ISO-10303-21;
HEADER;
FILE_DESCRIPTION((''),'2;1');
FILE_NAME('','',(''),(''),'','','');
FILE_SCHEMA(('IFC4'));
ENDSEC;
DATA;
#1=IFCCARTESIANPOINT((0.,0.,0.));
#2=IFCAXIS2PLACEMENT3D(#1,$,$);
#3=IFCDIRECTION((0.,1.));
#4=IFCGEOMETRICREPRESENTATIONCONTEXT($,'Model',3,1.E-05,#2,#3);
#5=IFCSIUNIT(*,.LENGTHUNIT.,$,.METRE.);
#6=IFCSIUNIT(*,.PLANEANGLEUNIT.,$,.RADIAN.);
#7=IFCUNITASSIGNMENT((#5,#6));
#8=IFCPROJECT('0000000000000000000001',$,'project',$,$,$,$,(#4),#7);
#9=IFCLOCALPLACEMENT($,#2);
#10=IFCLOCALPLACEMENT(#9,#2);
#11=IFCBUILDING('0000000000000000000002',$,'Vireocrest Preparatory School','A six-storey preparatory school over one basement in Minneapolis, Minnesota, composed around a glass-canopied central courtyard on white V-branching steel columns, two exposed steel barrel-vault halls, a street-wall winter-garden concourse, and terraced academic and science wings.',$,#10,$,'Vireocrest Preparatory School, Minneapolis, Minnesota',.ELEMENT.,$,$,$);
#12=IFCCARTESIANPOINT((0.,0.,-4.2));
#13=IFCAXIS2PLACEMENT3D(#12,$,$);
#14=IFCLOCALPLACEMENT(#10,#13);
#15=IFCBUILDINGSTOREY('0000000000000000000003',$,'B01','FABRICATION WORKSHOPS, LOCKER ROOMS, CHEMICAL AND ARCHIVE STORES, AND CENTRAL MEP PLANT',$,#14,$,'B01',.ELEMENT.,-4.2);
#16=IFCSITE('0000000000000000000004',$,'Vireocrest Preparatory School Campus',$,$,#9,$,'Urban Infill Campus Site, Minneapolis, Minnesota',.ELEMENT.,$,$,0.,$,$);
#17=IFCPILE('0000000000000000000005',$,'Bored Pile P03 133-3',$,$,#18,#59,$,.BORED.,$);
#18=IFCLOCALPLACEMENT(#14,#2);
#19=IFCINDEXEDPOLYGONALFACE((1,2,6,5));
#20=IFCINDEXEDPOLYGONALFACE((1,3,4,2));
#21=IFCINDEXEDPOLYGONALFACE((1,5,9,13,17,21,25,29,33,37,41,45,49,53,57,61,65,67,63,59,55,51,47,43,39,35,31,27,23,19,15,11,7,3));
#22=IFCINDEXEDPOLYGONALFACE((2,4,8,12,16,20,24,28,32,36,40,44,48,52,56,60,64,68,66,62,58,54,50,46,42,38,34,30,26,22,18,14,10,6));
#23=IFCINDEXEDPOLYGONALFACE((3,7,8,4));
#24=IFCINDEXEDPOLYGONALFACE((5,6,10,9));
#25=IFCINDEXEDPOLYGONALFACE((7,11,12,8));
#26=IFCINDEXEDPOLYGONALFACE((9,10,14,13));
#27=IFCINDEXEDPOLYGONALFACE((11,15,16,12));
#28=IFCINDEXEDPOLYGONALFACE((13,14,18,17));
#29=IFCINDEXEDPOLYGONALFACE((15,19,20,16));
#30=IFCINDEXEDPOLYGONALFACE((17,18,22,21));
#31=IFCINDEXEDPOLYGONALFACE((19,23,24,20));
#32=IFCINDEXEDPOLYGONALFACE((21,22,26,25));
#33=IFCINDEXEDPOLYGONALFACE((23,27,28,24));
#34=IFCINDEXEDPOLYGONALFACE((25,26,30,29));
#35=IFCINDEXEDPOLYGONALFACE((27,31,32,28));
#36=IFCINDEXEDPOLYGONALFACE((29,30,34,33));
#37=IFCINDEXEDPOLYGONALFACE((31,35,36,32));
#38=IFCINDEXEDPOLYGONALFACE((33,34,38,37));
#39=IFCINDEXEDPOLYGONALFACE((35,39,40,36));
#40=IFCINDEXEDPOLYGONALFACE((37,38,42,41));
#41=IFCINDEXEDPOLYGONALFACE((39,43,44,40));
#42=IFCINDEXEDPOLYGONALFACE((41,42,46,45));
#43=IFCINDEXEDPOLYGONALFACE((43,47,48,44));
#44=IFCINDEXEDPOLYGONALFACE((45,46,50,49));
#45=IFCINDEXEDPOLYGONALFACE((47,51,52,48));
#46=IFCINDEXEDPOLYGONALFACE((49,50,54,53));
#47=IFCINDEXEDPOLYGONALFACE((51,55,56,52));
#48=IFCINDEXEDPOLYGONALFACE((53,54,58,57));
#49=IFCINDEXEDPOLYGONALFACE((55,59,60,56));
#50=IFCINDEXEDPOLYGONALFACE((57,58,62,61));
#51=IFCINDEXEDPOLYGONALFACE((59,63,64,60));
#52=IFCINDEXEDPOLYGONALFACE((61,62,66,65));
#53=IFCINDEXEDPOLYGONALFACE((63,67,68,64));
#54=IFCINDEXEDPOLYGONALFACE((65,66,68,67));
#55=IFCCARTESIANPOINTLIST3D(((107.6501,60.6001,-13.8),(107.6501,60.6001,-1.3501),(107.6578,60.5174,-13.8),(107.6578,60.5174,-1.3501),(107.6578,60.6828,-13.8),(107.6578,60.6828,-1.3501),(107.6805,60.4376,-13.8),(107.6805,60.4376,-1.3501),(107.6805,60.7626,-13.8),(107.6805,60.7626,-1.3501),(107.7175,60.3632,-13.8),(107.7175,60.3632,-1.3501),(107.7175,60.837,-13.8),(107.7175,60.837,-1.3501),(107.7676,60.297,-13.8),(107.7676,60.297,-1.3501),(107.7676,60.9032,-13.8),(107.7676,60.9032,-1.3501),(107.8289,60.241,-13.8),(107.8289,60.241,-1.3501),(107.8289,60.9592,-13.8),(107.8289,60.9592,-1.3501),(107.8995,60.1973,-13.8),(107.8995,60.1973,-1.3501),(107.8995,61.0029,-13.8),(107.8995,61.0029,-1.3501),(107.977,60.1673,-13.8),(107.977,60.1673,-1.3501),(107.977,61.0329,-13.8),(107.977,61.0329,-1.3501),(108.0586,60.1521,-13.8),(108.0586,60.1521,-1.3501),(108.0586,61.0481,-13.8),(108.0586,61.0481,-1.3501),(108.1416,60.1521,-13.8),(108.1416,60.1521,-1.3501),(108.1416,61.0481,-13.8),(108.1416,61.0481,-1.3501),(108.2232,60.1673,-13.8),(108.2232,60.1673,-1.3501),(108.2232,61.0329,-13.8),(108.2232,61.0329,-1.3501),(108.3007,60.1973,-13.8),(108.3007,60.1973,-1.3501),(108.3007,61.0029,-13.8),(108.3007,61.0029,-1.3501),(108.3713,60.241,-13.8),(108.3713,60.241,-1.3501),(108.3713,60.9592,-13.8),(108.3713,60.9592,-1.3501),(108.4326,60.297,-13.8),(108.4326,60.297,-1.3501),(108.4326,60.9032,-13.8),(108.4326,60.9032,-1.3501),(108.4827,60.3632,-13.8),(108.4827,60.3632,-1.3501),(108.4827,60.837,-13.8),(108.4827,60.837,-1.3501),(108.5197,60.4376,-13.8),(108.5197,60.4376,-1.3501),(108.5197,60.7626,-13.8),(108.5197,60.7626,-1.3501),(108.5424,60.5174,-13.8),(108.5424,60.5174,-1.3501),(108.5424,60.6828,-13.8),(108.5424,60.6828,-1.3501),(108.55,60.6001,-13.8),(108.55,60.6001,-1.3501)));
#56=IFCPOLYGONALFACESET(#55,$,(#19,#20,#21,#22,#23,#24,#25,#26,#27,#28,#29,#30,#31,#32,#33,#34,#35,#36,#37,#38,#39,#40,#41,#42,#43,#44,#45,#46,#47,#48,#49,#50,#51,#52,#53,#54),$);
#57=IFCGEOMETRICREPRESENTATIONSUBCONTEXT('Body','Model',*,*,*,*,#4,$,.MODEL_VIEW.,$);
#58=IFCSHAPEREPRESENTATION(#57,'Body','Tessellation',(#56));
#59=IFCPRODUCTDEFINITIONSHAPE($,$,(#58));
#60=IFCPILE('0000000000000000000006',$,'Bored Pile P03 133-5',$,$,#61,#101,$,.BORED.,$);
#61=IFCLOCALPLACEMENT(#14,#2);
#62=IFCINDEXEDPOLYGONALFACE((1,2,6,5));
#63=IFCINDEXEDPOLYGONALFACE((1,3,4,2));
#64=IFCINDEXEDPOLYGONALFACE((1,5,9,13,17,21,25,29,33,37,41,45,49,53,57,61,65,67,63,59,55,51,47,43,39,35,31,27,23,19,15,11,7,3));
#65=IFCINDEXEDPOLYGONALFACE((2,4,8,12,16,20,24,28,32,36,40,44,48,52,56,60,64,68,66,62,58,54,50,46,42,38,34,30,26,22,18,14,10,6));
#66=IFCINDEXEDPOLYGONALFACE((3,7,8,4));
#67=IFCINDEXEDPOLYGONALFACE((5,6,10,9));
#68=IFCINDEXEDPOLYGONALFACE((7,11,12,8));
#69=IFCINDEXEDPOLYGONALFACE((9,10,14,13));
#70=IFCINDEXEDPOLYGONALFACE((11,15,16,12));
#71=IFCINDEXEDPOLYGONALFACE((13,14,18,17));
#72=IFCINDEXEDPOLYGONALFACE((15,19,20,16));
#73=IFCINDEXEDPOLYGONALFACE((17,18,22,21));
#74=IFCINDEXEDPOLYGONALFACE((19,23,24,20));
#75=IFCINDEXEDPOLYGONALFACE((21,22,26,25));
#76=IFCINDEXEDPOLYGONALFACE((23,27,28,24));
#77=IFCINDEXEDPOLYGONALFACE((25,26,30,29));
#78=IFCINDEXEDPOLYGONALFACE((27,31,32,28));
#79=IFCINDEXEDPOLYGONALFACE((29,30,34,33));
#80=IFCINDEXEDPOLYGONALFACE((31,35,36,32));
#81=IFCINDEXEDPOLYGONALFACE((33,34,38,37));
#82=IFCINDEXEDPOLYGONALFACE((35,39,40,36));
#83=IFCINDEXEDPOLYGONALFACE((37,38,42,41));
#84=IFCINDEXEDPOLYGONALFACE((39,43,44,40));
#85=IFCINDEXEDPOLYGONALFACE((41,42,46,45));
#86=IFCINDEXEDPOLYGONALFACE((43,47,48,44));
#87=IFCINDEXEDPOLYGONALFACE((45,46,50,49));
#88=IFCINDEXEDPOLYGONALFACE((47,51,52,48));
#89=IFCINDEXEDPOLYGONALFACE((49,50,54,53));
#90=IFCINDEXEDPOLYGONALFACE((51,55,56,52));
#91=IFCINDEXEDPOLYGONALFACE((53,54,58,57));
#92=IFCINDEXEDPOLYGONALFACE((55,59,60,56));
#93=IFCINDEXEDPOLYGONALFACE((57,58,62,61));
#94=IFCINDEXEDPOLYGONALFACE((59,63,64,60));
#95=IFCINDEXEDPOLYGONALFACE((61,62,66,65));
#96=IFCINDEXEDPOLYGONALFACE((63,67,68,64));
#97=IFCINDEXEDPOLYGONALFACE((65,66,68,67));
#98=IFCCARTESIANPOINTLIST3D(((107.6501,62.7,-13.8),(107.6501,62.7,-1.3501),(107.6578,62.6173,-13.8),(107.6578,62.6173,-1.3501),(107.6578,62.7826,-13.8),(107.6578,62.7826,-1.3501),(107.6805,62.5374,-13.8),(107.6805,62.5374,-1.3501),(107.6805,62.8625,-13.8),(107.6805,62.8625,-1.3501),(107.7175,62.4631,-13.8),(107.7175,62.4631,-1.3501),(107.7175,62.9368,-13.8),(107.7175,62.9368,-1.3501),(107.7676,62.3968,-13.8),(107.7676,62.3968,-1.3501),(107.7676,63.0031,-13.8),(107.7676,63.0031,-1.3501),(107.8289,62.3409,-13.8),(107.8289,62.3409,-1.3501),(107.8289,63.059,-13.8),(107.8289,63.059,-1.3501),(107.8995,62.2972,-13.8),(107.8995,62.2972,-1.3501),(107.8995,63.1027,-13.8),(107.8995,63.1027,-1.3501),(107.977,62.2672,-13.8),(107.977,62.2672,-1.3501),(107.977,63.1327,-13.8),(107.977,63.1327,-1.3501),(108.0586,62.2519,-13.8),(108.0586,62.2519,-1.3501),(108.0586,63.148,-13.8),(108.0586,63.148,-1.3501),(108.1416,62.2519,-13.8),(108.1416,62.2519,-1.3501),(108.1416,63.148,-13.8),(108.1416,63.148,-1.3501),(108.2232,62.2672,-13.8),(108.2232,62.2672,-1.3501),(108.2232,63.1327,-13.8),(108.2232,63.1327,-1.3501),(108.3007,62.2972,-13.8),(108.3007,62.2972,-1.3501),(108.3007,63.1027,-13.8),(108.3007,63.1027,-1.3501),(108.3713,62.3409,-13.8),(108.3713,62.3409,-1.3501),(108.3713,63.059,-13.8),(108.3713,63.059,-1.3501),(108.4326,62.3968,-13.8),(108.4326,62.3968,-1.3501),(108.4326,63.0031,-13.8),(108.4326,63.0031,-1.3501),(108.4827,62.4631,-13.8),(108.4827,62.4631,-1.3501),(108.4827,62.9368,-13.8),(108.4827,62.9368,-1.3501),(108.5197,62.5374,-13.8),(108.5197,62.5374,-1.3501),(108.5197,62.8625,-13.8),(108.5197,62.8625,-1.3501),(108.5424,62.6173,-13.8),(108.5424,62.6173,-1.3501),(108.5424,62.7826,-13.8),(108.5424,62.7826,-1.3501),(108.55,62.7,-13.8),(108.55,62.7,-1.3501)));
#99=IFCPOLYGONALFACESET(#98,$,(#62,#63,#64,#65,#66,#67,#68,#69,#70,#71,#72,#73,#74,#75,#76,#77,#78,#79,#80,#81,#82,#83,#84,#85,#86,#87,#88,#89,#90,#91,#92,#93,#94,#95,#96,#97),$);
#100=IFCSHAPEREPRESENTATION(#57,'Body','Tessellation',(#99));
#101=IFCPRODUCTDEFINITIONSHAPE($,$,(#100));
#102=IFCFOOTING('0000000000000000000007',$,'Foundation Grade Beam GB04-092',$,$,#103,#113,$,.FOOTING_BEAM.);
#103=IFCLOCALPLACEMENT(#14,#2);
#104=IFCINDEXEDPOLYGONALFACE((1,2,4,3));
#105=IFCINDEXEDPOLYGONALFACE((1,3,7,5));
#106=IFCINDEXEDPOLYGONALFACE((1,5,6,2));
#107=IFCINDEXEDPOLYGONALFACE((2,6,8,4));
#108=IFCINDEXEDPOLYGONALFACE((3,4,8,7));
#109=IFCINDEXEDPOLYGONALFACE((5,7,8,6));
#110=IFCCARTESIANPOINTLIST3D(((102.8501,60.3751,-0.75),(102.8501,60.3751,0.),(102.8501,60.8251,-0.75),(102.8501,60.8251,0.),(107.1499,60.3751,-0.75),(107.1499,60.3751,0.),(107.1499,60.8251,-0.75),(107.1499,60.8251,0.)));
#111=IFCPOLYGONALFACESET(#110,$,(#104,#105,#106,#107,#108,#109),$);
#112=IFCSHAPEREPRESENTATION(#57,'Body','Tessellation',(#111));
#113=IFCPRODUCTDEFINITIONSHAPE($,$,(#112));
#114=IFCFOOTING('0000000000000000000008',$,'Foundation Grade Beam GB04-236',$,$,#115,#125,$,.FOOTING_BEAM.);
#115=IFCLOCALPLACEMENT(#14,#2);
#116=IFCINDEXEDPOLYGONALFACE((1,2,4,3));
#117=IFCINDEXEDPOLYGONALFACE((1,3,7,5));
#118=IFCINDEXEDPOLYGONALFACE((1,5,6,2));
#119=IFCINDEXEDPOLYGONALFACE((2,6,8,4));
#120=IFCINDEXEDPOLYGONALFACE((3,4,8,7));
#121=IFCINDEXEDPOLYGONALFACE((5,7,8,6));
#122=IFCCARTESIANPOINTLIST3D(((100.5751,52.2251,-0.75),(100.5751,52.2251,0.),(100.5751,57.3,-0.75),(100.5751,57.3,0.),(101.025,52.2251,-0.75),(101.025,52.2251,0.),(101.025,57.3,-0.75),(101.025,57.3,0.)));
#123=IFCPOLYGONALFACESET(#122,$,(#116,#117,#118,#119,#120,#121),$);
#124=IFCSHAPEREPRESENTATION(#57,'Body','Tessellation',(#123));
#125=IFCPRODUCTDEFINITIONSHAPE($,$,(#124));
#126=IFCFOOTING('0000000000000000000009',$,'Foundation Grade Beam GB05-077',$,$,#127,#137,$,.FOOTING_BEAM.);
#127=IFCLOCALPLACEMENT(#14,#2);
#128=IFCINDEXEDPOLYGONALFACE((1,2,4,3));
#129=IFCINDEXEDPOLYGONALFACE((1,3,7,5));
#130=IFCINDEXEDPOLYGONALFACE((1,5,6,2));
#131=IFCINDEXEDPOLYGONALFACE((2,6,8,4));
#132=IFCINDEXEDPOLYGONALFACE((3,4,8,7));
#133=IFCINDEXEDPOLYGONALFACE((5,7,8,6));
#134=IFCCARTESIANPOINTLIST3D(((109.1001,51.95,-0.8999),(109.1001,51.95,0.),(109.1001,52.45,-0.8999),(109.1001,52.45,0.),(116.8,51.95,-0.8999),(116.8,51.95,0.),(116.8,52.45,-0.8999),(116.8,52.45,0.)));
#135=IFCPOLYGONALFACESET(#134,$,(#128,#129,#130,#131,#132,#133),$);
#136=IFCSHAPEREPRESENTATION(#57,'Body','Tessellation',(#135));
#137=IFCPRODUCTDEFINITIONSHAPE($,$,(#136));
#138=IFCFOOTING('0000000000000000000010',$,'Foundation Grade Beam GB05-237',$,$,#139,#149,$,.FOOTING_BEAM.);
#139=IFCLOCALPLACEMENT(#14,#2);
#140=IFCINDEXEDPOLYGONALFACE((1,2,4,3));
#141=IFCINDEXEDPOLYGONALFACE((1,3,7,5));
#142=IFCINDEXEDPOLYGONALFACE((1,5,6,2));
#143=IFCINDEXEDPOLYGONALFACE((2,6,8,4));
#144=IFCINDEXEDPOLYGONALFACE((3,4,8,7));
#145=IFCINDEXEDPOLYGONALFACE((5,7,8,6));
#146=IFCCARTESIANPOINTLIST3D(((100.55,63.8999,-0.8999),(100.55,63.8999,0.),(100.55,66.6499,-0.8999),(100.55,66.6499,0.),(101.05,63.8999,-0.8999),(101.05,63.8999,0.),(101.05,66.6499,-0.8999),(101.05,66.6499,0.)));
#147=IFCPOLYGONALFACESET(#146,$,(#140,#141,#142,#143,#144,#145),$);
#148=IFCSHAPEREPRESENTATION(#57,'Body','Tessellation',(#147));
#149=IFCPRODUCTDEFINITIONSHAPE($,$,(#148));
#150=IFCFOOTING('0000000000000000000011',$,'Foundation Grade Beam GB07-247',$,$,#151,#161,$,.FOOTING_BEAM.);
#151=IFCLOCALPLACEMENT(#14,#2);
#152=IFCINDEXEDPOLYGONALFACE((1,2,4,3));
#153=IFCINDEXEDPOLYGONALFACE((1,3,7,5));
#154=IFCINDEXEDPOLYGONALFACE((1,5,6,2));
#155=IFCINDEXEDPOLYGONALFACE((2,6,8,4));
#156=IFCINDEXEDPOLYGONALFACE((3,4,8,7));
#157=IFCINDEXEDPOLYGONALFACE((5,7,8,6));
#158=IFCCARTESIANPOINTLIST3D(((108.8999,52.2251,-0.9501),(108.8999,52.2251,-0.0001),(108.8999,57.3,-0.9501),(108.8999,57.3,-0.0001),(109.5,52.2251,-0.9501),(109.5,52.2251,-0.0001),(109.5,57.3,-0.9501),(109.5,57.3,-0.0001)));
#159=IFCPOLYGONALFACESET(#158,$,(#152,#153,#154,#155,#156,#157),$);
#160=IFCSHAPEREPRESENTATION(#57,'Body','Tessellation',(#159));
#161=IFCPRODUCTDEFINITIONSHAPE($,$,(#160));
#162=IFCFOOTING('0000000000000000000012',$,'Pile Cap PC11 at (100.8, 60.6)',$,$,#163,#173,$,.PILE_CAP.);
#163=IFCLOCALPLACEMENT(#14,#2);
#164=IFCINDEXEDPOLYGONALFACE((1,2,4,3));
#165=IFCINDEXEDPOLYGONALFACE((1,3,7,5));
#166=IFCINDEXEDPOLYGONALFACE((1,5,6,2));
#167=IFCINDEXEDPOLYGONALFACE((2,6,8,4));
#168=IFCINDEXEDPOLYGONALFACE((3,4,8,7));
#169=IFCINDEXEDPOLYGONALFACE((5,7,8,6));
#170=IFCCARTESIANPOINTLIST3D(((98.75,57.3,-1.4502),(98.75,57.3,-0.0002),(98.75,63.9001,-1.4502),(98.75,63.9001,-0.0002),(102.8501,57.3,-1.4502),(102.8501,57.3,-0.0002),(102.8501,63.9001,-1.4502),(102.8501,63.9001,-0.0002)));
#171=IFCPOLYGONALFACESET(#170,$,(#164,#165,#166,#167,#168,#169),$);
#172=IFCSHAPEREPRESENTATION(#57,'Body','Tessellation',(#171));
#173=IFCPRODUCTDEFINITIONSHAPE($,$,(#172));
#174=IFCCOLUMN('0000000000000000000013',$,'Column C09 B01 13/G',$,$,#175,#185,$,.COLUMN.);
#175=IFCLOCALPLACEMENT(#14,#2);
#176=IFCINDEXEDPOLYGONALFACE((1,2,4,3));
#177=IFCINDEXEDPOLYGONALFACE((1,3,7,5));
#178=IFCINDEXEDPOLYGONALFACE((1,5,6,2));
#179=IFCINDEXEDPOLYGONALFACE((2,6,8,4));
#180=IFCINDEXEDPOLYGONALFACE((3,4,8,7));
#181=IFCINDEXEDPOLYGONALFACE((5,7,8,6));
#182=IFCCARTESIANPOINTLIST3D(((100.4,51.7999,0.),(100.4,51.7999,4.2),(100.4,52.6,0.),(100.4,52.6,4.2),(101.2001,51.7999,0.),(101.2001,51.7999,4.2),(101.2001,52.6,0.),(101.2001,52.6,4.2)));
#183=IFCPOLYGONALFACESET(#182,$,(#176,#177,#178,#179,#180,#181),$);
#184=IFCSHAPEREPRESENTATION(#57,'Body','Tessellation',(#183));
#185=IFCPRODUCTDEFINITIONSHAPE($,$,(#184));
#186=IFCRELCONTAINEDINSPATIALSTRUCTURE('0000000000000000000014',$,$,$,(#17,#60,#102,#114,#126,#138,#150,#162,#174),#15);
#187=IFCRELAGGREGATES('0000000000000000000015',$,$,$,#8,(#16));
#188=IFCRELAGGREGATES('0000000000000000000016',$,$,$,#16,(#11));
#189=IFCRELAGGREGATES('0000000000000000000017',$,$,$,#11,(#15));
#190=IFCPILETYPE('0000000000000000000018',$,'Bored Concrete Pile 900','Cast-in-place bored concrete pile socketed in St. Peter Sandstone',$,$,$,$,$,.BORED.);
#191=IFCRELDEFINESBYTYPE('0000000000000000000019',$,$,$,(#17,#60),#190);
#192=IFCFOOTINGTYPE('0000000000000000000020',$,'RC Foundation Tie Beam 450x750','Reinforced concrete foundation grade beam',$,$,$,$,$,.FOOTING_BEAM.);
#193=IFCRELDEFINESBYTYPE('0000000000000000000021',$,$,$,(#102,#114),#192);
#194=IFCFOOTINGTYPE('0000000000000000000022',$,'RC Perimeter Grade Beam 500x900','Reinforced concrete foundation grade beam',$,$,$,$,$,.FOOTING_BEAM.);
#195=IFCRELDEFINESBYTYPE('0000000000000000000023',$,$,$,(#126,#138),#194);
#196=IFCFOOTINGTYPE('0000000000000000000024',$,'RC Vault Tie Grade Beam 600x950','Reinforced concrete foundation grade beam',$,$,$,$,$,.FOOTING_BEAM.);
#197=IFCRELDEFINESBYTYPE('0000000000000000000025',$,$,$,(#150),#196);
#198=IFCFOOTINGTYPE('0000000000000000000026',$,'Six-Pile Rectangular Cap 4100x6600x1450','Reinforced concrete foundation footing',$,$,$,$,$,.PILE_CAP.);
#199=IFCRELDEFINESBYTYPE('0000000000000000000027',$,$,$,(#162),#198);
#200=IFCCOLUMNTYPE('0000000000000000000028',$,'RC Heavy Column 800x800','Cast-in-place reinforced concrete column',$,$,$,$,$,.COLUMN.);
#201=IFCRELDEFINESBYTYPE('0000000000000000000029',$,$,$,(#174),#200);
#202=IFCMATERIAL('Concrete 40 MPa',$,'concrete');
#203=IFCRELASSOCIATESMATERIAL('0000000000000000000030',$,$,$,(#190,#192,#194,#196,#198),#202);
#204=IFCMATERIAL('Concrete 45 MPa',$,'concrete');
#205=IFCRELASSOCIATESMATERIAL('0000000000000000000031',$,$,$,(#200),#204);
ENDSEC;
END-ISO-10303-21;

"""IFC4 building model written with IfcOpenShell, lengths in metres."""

from ifc_helpers import new_model, si_unit, direction, frame, origin, origin_2d, place, context, subcontext, project, spatial, rectangle, circle, extrude, material, material_profile, profile_set, type_object, element, save


model = new_model("IFC4")

# Units and contexts
model_context = context("Model", 3, precision=1e-05, world=origin(), true_north=direction((0.0, 1.0)))
body_context = subcontext(model_context, "Body", "Model", "MODEL_VIEW")
ifc_project = project(units=[si_unit("LENGTHUNIT", "METRE"), si_unit("PLANEANGLEUNIT", "RADIAN")], contexts=[model_context])

# Site, building, storey
site_placement = place(None, origin())
site = spatial("IfcSite", under=ifc_project, at=site_placement, Name="Vireocrest Preparatory School Campus", LongName="Urban Infill Campus Site, Minneapolis, Minnesota", CompositionType="ELEMENT", RefElevation=0.0)
building_placement = place(site_placement, origin())
building = spatial("IfcBuilding", under=site, at=building_placement, Name="Vireocrest Preparatory School", Description="A six-storey preparatory school over one basement in Minneapolis, Minnesota, composed around a glass-canopied central courtyard on white V-branching steel columns, two exposed steel barrel-vault halls, a street-wall winter-garden concourse, and terraced academic and science wings.", LongName="Vireocrest Preparatory School, Minneapolis, Minnesota", CompositionType="ELEMENT")
storey_placement = place(building_placement, frame((0.0, 0.0, -4.2)))
storey = spatial("IfcBuildingStorey", under=building, at=storey_placement, Name="B01", Description="FABRICATION WORKSHOPS, LOCKER ROOMS, CHEMICAL AND ARCHIVE STORES, AND CENTRAL MEP PLANT", LongName="B01", CompositionType="ELEMENT", Elevation=-4.2)

# Piles
ifc_material_1 = material(Name="Concrete 40 MPa", Category="concrete")
ifc_material_profile_1 = material_profile(ifc_material_1, circle(Radius=0.45, at=origin_2d()), Name="BORED PILE 900")
ifc_profile_set_1 = profile_set([ifc_material_profile_1], Name="Concrete 40 MPa")
pile_type = type_object("IfcPileType", Name="Bored Concrete Pile 900", Description="Cast-in-place bored concrete pile socketed in St. Peter Sandstone", PredefinedType="BORED", material=ifc_profile_set_1)
for number, where, z_axis, x_axis, name in (
    (1, (108.1001, 60.6001, -1.3501), (0.0, 0.0, -1.0), (1.0, 0.0, 0.0), "Bored Pile P03 133-3"),
    (2, (108.1001, 62.7, -1.3501), (0.0, 0.0, -1.0), (1.0, 0.0, 0.0), "Bored Pile P03 133-5"),
):
    element("IfcPile", number, at=place(storey_placement, frame(where, z_axis=z_axis, x_axis=x_axis)), inside=storey, type_object=pile_type, Name=name, PredefinedType="BORED", context=body_context, shape_type="SweptSolid", body=[
        extrude(circle(Radius=0.45, at=origin_2d()), origin(), (0.0, 0.0, 1.0), 12.45),
    ])

# Footings
ifc_material_profile_2 = material_profile(ifc_material_1, rectangle(XDim=0.45, YDim=0.75, at=origin_2d()), Name="GB 450x750")
ifc_profile_set_2 = profile_set([ifc_material_profile_2], Name="Concrete 40 MPa")
footing_type_1 = type_object("IfcFootingType", Name="RC Foundation Tie Beam 450x750", Description="Reinforced concrete foundation grade beam", PredefinedType="FOOTING_BEAM", material=ifc_profile_set_2)
footing_1_placement = place(storey_placement, frame((102.8501, 60.6001, -0.375), z_axis=(1.0, 0.0, 0.0), x_axis=(0.0, 1.0, 0.0)))
element("IfcFooting", 3, at=footing_1_placement, inside=storey, type_object=footing_type_1, Name="Foundation Grade Beam GB04-092", PredefinedType="FOOTING_BEAM", context=body_context, shape_type="SweptSolid", body=[
    extrude(rectangle(XDim=0.45, YDim=0.75, at=origin_2d()), origin(), (0.0, 0.0, 1.0), 4.2998),
])
footing_2_placement = place(storey_placement, frame((100.8, 52.2251, -0.375), z_axis=(0.0, 1.0, 0.0), x_axis=(-1.0, 0.0, 0.0)))
element("IfcFooting", 4, at=footing_2_placement, inside=storey, type_object=footing_type_1, Name="Foundation Grade Beam GB04-236", PredefinedType="FOOTING_BEAM", context=body_context, shape_type="SweptSolid", body=[
    extrude(rectangle(XDim=0.45, YDim=0.75, at=origin_2d()), origin(), (0.0, 0.0, 1.0), 5.075),
])
ifc_material_profile_3 = material_profile(ifc_material_1, rectangle(XDim=0.5, YDim=0.8999, at=origin_2d()), Name="GB 500x900")
ifc_profile_set_3 = profile_set([ifc_material_profile_3], Name="Concrete 40 MPa")
footing_type_2 = type_object("IfcFootingType", Name="RC Perimeter Grade Beam 500x900", Description="Reinforced concrete foundation grade beam", PredefinedType="FOOTING_BEAM", material=ifc_profile_set_3)
footing_3_placement = place(storey_placement, frame((109.1001, 52.2, -0.45), z_axis=(1.0, 0.0, 0.0), x_axis=(0.0, 1.0, 0.0)))
element("IfcFooting", 5, at=footing_3_placement, inside=storey, type_object=footing_type_2, Name="Foundation Grade Beam GB05-077", PredefinedType="FOOTING_BEAM", context=body_context, shape_type="SweptSolid", body=[
    extrude(rectangle(XDim=0.5, YDim=0.8999, at=origin_2d()), origin(), (0.0, 0.0, 1.0), 7.7),
])
footing_4_placement = place(storey_placement, frame((100.8, 63.8999, -0.45), z_axis=(0.0, 1.0, 0.0), x_axis=(-1.0, 0.0, 0.0)))
element("IfcFooting", 6, at=footing_4_placement, inside=storey, type_object=footing_type_2, Name="Foundation Grade Beam GB05-237", PredefinedType="FOOTING_BEAM", context=body_context, shape_type="SweptSolid", body=[
    extrude(rectangle(XDim=0.5, YDim=0.8999, at=origin_2d()), origin(), (0.0, 0.0, 1.0), 2.75),
])
ifc_material_profile_4 = material_profile(ifc_material_1, rectangle(XDim=0.6001, YDim=0.95, at=origin_2d()), Name="GB 600x950")
ifc_profile_set_4 = profile_set([ifc_material_profile_4], Name="Concrete 40 MPa")
footing_type_3 = type_object("IfcFootingType", Name="RC Vault Tie Grade Beam 600x950", Description="Reinforced concrete foundation grade beam", PredefinedType="FOOTING_BEAM", material=ifc_profile_set_4)
footing_5_placement = place(storey_placement, frame((109.2, 52.2251, -0.4751), z_axis=(0.0, 1.0, 0.0), x_axis=(-1.0, 0.0, 0.0)))
element("IfcFooting", 7, at=footing_5_placement, inside=storey, type_object=footing_type_3, Name="Foundation Grade Beam GB07-247", PredefinedType="FOOTING_BEAM", context=body_context, shape_type="SweptSolid", body=[
    extrude(rectangle(XDim=0.6001, YDim=0.95, at=origin_2d()), origin(), (0.0, 0.0, 1.0), 5.075),
])
footing_type_4 = type_object("IfcFootingType", Name="Six-Pile Rectangular Cap 4100x6600x1450", Description="Reinforced concrete foundation footing", PredefinedType="PILE_CAP", material=ifc_material_1)
footing_6_placement = place(storey_placement, frame((100.8, 60.6001, -1.4502), z_axis=(0.0, 0.0, 1.0), x_axis=(1.0, 0.0, 0.0)))
element("IfcFooting", 8, at=footing_6_placement, inside=storey, type_object=footing_type_4, Name="Pile Cap PC11 at (100.8, 60.6)", PredefinedType="PILE_CAP", context=body_context, shape_type="SweptSolid", body=[
    extrude(rectangle(XDim=4.1001, YDim=6.6001, at=origin_2d()), origin(), (0.0, 0.0, 1.0), 1.45),
])

# Column
ifc_material_2 = material(Name="Concrete 45 MPa", Category="concrete")
ifc_material_profile_5 = material_profile(ifc_material_2, rectangle(XDim=0.8, YDim=0.8, at=origin_2d()), Name="RC 800x800")
ifc_profile_set_5 = profile_set([ifc_material_profile_5], Name="Concrete 45 MPa")
column_type = type_object("IfcColumnType", Name="RC Heavy Column 800x800", Description="Cast-in-place reinforced concrete column", PredefinedType="COLUMN", material=ifc_profile_set_5)
for number, where, z_axis, x_axis, name in (
    (9, (100.8, 52.2, 0.0), (0.0, 0.0, 1.0), (1.0, 0.0, 0.0), "Column C09 B01 13/G"),
):
    element("IfcColumn", number, at=place(storey_placement, frame(where, z_axis=z_axis, x_axis=x_axis)), inside=storey, type_object=column_type, Name=name, PredefinedType="COLUMN", context=body_context, shape_type="SweptSolid", body=[
        extrude(rectangle(XDim=0.8, YDim=0.8, at=origin_2d()), origin(), (0.0, 0.0, 1.0), 4.2),
    ])

save(model, "model.ifc")
